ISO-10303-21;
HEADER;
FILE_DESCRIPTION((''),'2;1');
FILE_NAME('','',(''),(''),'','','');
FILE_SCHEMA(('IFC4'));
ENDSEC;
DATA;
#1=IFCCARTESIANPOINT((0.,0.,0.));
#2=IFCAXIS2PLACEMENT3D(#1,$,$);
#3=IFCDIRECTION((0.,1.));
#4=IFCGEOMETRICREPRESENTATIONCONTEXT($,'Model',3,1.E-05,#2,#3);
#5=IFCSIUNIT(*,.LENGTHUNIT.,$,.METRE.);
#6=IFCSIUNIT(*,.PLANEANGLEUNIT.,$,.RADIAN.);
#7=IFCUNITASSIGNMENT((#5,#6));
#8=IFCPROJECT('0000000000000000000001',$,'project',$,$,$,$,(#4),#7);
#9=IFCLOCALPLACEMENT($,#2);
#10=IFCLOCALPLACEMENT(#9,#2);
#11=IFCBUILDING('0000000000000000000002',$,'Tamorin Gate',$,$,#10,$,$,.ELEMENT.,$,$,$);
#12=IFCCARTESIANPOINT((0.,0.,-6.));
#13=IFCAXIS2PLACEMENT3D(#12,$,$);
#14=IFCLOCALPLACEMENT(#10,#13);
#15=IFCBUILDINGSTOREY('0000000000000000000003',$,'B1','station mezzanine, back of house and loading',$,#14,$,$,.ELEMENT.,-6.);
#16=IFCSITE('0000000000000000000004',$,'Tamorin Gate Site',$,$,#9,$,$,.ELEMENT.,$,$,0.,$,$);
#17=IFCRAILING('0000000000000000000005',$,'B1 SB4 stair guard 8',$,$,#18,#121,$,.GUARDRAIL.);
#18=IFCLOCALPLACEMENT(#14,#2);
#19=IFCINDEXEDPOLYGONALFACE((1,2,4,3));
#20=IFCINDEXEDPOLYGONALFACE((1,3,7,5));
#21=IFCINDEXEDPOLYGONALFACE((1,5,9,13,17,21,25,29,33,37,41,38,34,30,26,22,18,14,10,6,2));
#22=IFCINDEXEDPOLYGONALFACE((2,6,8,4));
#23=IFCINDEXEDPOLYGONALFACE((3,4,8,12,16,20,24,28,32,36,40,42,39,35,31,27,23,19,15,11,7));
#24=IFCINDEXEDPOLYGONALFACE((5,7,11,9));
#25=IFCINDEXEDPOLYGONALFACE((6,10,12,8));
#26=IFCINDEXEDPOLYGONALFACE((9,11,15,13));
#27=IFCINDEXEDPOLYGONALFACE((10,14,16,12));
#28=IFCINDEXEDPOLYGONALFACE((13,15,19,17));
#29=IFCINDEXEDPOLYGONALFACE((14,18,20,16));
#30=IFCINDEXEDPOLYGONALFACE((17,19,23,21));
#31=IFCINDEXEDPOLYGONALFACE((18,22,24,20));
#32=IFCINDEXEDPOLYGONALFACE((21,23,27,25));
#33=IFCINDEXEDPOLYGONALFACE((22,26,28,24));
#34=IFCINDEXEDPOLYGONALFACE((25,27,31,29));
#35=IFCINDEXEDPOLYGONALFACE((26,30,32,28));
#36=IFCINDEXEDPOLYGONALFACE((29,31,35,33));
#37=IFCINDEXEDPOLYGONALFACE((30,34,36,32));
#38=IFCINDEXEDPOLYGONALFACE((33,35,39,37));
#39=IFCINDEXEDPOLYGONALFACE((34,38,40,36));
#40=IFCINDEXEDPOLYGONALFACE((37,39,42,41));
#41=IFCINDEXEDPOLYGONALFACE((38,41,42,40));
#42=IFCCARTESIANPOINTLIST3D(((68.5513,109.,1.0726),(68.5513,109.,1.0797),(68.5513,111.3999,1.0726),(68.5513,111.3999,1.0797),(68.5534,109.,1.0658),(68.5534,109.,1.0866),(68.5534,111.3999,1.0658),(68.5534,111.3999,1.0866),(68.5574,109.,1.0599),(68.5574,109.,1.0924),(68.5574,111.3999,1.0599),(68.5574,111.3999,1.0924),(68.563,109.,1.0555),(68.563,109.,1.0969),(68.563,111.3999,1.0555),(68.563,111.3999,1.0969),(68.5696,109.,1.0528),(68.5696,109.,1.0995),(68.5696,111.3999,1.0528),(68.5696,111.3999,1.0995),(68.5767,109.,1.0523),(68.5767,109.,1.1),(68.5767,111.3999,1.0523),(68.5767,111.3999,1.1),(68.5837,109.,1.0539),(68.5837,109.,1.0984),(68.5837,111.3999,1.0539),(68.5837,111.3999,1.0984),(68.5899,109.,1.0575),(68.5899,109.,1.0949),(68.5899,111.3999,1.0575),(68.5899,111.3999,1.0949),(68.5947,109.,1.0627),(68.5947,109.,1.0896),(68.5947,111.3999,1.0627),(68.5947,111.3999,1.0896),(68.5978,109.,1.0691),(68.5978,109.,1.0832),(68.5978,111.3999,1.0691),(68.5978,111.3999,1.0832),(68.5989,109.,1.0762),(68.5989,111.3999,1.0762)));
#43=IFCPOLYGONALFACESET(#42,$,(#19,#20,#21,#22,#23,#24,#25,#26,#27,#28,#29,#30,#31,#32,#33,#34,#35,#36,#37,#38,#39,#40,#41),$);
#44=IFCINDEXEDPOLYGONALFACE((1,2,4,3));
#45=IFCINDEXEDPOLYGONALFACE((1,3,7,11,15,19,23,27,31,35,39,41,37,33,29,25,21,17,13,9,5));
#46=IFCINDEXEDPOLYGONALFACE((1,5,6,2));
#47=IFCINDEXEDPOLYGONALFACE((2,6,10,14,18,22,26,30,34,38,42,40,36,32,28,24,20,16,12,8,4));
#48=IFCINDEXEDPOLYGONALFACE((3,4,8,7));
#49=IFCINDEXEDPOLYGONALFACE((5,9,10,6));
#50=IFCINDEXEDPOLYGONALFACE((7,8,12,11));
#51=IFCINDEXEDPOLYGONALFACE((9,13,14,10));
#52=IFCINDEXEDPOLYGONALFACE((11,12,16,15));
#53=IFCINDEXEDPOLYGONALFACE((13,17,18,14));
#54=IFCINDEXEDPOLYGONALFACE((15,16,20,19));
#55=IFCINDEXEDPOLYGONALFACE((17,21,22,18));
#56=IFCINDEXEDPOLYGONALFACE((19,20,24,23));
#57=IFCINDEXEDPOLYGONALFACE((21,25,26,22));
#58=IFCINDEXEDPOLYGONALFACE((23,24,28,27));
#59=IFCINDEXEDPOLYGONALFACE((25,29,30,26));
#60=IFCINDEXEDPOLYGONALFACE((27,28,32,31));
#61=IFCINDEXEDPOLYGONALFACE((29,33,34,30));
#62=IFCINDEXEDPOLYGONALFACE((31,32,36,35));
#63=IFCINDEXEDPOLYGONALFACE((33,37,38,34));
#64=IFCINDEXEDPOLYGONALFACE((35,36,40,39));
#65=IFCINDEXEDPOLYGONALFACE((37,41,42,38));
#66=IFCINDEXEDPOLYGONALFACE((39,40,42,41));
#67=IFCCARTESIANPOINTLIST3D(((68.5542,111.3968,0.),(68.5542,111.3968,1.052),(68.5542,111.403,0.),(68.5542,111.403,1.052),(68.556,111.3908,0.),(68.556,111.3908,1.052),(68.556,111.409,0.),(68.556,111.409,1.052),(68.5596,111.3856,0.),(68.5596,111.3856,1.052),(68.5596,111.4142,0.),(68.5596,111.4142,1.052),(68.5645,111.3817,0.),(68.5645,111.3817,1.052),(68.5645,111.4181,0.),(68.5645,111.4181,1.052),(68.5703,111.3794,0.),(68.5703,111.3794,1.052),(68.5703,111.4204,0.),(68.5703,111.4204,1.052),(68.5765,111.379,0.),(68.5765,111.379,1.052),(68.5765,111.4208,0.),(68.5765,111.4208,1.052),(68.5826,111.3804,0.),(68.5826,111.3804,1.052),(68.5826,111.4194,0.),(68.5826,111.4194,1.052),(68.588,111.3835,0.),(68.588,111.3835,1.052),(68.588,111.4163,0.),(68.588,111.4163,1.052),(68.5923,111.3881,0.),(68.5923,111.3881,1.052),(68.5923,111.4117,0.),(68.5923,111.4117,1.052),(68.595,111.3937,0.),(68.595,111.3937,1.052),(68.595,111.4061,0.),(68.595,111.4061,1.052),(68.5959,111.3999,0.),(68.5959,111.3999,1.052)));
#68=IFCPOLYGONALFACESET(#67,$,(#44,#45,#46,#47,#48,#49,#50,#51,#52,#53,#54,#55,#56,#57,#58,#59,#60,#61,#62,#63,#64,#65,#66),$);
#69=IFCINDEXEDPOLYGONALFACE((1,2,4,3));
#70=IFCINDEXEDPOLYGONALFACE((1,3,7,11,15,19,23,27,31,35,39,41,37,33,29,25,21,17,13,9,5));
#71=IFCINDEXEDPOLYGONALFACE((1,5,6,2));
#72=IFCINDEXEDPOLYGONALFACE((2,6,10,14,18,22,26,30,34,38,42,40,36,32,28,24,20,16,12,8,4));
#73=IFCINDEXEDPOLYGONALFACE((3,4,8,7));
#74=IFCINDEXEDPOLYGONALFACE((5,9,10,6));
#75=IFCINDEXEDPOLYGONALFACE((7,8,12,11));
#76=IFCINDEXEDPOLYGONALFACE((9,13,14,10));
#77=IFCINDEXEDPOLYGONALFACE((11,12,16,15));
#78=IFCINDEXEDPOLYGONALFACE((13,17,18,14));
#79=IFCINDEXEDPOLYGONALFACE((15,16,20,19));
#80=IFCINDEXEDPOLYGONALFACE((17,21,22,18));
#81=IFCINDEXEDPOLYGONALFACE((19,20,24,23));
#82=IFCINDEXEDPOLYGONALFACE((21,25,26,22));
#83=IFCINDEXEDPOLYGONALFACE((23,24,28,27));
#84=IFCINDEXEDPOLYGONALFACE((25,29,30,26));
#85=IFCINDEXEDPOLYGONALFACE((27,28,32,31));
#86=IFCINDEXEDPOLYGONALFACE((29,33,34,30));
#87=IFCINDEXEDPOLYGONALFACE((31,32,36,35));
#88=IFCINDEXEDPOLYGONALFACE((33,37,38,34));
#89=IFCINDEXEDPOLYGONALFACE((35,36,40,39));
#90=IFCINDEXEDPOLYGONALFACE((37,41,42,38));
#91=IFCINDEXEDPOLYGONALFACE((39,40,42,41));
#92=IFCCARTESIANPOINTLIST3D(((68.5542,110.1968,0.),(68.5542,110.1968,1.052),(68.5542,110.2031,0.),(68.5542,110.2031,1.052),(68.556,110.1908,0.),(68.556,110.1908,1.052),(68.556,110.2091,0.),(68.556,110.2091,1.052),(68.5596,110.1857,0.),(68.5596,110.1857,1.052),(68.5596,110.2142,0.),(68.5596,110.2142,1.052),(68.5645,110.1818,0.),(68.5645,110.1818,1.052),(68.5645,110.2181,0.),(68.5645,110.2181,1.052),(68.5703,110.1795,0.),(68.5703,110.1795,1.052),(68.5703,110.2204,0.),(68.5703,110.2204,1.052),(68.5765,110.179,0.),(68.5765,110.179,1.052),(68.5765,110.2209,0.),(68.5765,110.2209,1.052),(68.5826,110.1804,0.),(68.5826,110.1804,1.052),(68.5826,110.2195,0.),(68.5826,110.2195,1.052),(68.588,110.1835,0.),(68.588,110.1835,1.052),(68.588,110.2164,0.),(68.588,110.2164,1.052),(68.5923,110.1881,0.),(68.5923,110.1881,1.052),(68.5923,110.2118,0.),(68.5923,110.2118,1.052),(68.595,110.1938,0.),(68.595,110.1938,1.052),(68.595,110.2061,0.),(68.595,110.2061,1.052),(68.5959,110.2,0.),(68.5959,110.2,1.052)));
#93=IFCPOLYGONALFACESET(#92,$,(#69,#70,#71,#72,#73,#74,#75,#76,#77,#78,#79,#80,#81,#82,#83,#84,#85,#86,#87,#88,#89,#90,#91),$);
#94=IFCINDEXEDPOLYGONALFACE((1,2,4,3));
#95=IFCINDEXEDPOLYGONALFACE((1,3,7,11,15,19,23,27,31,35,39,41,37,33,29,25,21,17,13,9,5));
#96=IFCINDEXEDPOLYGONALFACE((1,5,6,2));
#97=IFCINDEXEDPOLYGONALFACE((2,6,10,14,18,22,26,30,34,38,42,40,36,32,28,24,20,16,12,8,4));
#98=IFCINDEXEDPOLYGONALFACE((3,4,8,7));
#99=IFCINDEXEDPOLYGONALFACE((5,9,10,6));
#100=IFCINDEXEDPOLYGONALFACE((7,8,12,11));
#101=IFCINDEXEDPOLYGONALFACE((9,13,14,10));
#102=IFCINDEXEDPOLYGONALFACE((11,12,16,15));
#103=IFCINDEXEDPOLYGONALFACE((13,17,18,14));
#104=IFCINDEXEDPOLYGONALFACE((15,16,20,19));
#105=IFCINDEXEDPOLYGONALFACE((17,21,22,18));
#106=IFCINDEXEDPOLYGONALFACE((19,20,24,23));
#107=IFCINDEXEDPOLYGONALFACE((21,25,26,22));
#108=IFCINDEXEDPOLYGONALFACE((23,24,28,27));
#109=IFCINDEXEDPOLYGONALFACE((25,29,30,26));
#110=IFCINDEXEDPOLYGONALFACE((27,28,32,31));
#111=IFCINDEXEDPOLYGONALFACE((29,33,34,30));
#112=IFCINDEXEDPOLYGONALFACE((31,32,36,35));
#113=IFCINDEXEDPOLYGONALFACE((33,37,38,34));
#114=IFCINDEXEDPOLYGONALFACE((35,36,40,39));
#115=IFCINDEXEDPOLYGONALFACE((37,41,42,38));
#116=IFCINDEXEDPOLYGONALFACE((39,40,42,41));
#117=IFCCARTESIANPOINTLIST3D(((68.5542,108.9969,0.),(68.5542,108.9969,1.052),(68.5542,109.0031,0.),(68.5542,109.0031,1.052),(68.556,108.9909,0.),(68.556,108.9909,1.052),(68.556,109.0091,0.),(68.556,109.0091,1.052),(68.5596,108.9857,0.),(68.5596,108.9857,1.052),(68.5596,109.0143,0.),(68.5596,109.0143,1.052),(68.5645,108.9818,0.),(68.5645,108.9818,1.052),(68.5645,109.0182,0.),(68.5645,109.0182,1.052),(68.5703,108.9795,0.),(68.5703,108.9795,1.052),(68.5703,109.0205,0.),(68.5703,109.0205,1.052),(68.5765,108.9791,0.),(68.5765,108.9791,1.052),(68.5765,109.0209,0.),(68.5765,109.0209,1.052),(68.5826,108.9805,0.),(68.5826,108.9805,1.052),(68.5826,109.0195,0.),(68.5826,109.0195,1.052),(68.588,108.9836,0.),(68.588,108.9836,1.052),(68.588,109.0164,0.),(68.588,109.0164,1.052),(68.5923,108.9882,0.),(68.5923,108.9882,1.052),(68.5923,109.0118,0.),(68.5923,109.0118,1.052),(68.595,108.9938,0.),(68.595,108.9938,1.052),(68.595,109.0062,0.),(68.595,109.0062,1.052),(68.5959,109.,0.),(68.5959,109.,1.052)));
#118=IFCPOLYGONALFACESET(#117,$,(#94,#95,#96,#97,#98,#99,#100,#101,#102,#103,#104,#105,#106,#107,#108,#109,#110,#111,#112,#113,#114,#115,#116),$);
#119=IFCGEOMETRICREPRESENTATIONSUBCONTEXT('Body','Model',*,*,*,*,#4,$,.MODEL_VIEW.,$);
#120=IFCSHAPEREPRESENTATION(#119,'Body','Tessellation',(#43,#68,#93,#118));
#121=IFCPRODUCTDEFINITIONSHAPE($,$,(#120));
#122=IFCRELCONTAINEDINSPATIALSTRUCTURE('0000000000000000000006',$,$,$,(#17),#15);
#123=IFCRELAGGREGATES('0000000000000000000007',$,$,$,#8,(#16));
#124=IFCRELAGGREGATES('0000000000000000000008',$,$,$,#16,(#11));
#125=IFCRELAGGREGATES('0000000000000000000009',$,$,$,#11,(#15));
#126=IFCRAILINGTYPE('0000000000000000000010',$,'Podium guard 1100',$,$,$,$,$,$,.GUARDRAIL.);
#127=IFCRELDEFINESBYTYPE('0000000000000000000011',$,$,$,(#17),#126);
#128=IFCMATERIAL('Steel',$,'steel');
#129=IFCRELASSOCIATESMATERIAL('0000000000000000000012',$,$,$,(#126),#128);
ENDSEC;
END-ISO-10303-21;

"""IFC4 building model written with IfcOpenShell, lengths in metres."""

from ifc_helpers import new_model, si_unit, direction, frame, origin, origin_2d, place, context, subcontext, project, spatial, circle, extrude, material, type_object, element, save


model = new_model("IFC4")

# Units and contexts
model_context = context("Model", 3, precision=1e-05, world=origin(), true_north=direction((0.0, 1.0)))
body_context = subcontext(model_context, "Body", "Model", "MODEL_VIEW")
ifc_project = project(units=[si_unit("LENGTHUNIT", "METRE"), si_unit("PLANEANGLEUNIT", "RADIAN")], contexts=[model_context])

# Site, building, storey
site_placement = place(None, origin())
site = spatial("IfcSite", under=ifc_project, at=site_placement, Name="Tamorin Gate Site", CompositionType="ELEMENT", RefElevation=0.0)
building_placement = place(site_placement, origin())
building = spatial("IfcBuilding", under=site, at=building_placement, Name="Tamorin Gate", CompositionType="ELEMENT")
storey_placement = place(building_placement, frame((0.0, 0.0, -6.0)))
storey = spatial("IfcBuildingStorey", under=building, at=storey_placement, Name="B1", Description="station mezzanine, back of house and loading", CompositionType="ELEMENT", Elevation=-6.0)

# Railing
ifc_material_1 = material(Name="Steel", Category="steel")
railing_type_1 = type_object("IfcRailingType", Name="Podium guard 1100", PredefinedType="GUARDRAIL", material=ifc_material_1)
railing_1_placement = place(storey_placement, frame((68.575, 111.3999, 0.0)))
element("IfcRailing", 1, at=railing_1_placement, inside=storey, type_object=railing_type_1, Name="B1 SB4 stair guard 8", PredefinedType="GUARDRAIL", context=body_context, shape_type="SweptSolid", body=[
    extrude(circle(Radius=0.0239, at=origin_2d()), frame((0.0, 0.0, 1.0762), z_axis=(0.0, -1.0, 0.0), x_axis=(1.0, 0.0, 0.0)), (0.0, 0.0, 1.0), 2.3999),
    extrude(circle(Radius=0.021, at=origin_2d()), origin(), (0.0, 0.0, 1.0), 1.052),
    extrude(circle(Radius=0.021, at=origin_2d()), frame((0.0, -1.2, 0.0)), (0.0, 0.0, 1.0), 1.052),
    extrude(circle(Radius=0.021, at=origin_2d()), frame((0.0, -2.3999, 0.0)), (0.0, 0.0, 1.0), 1.052),
])

save(model, "model.ifc")
